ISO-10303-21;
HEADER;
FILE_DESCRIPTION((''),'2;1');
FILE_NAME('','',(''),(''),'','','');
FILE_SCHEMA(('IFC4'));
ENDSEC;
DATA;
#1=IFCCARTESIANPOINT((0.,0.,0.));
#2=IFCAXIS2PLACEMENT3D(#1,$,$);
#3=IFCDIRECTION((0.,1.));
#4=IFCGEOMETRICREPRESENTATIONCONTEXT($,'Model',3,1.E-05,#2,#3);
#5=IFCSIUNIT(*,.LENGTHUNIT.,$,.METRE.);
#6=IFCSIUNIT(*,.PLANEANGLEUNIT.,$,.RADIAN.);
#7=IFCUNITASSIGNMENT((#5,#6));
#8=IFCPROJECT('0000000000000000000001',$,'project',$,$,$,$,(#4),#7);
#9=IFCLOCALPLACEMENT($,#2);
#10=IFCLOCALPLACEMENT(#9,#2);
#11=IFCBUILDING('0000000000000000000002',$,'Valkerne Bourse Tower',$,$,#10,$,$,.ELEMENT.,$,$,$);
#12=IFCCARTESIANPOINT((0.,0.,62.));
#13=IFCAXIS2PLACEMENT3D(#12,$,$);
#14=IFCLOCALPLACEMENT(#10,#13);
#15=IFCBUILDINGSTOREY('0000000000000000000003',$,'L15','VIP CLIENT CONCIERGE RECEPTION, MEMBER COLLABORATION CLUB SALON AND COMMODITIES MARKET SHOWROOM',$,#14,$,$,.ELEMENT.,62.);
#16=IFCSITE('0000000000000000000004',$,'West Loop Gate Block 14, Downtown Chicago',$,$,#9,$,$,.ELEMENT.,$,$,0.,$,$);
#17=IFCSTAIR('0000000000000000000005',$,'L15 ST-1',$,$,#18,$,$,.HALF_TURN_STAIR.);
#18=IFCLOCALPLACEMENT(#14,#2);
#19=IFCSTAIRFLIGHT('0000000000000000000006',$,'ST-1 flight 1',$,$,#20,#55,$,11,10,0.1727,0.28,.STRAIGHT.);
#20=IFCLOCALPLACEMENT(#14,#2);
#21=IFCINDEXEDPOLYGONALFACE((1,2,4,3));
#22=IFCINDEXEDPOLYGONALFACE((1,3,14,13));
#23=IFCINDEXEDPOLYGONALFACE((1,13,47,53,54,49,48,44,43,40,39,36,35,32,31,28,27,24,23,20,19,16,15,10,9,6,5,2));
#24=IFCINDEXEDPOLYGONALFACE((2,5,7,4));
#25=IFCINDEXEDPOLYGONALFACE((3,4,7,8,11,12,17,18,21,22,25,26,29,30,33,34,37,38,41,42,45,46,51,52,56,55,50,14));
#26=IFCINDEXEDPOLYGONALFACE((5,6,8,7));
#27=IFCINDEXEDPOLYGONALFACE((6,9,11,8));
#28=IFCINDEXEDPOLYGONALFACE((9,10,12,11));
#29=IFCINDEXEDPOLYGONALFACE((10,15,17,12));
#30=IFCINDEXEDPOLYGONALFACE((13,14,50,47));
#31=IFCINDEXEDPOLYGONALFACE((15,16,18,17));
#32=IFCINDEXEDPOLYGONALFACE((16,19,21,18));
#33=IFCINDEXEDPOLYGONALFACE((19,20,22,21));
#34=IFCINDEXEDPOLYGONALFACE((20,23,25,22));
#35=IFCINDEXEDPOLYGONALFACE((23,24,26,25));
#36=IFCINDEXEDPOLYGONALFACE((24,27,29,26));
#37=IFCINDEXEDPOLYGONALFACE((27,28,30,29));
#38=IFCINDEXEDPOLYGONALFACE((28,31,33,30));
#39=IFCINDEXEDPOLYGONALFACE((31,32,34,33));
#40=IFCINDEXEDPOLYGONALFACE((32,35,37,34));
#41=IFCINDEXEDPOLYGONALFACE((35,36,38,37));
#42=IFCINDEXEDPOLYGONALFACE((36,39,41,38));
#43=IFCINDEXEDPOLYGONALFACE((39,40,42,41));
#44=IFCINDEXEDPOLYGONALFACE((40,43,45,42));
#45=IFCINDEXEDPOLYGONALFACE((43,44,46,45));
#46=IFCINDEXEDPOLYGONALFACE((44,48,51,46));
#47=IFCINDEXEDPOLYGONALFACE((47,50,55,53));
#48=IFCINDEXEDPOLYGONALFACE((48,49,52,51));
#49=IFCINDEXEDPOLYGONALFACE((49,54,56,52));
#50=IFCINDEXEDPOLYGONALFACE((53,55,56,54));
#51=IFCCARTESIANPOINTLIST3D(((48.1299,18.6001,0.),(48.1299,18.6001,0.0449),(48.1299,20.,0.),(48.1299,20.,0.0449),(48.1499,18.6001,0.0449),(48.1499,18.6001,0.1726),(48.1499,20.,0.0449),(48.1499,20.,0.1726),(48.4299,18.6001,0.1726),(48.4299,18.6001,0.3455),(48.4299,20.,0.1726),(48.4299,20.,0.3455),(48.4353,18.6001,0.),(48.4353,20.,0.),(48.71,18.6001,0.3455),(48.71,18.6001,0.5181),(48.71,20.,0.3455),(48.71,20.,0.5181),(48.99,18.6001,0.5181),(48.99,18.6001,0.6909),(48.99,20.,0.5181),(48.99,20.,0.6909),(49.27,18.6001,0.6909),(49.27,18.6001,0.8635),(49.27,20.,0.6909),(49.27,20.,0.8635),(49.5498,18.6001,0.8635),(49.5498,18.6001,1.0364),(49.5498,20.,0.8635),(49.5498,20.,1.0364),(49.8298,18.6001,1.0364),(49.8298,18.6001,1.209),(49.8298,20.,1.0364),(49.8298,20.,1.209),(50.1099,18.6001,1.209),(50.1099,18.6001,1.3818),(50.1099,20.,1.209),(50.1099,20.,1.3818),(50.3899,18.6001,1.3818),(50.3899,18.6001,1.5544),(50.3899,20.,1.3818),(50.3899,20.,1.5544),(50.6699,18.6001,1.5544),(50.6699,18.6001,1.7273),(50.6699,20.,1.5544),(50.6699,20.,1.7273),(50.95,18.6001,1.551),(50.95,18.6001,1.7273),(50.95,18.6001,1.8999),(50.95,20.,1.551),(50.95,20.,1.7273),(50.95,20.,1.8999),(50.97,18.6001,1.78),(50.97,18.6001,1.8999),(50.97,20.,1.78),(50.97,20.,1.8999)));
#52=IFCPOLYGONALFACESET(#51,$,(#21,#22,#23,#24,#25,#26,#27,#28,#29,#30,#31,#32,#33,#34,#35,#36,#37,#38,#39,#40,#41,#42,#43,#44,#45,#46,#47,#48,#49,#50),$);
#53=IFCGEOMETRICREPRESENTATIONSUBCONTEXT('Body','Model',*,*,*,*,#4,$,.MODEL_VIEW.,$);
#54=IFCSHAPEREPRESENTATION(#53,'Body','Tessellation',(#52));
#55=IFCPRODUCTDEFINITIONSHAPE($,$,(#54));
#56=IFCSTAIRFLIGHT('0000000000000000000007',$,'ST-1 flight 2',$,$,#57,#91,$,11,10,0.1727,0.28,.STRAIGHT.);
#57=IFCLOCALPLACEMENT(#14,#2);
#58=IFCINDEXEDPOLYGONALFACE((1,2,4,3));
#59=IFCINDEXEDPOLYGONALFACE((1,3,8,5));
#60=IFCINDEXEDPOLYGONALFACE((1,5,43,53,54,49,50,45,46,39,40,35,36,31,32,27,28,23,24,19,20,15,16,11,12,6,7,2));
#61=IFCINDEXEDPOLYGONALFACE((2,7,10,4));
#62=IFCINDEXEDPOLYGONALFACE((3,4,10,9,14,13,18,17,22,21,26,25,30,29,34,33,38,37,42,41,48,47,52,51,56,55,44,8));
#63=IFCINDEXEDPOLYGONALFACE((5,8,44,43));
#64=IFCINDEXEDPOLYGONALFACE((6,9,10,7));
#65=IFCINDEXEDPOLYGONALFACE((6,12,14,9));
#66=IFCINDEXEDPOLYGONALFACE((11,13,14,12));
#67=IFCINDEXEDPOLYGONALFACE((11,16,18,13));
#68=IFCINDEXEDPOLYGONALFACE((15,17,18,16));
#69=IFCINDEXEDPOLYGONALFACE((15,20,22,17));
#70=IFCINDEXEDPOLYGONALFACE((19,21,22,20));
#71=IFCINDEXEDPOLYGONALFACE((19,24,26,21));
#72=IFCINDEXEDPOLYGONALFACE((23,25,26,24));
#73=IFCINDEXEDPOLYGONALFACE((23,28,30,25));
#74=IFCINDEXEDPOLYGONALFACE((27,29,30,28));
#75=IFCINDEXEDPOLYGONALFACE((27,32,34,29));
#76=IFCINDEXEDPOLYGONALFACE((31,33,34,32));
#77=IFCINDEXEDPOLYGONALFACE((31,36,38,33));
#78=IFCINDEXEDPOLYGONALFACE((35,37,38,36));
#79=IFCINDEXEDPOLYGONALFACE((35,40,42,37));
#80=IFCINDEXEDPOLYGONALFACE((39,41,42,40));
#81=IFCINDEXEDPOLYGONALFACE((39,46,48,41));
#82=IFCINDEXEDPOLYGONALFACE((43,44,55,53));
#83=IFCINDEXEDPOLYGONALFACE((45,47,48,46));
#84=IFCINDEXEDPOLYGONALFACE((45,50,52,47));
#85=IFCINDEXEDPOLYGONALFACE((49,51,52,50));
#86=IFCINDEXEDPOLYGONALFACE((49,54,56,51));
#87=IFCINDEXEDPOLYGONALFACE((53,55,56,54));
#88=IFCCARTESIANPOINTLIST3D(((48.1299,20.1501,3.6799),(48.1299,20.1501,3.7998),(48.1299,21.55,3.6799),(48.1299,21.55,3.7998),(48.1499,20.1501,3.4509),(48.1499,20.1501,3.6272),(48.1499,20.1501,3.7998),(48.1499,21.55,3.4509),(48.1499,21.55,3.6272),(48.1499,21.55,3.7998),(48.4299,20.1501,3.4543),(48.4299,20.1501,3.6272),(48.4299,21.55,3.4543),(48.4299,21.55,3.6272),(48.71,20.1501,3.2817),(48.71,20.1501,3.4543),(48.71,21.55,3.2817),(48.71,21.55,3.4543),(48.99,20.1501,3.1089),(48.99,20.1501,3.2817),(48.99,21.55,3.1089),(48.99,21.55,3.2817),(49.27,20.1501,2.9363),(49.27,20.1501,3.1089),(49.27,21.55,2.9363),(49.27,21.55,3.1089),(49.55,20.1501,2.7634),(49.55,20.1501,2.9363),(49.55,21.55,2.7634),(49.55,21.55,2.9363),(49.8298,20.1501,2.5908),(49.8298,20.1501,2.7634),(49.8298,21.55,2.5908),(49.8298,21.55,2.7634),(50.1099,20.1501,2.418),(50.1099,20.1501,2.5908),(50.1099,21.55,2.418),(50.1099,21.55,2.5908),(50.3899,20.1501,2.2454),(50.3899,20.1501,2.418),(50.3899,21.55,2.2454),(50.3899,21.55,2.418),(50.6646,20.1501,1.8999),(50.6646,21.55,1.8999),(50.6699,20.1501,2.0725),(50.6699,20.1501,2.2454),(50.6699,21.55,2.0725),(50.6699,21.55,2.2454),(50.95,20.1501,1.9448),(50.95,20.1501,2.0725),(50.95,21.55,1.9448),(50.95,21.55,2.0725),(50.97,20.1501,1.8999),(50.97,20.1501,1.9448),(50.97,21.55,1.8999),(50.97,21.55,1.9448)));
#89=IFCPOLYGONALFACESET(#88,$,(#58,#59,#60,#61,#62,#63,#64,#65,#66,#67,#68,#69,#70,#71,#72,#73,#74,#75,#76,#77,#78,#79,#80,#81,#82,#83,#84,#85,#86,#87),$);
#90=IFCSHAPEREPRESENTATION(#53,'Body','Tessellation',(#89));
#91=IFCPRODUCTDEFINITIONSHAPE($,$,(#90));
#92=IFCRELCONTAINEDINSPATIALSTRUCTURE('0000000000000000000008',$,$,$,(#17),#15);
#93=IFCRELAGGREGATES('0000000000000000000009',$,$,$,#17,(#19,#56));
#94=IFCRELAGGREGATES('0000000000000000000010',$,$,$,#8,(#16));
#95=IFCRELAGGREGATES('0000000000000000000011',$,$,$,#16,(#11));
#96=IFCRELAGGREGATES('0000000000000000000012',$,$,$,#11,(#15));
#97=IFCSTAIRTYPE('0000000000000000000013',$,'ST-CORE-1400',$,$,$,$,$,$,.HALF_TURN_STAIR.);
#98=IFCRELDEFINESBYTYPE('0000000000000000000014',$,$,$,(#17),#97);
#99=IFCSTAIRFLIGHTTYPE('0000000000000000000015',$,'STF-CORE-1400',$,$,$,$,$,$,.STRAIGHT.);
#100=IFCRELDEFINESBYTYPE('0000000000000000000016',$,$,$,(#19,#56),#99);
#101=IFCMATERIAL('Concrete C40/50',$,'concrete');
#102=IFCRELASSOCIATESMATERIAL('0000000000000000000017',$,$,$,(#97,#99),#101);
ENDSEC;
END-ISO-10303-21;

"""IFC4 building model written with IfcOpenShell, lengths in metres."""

from ifc_helpers import new_model, si_unit, direction, frame, origin, place, context, subcontext, project, spatial, polyline, outline, extrude, material, type_object, element, aggregate, save


model = new_model("IFC4")

# Units and contexts
model_context = context("Model", 3, precision=1e-05, world=origin(), true_north=direction((0.0, 1.0)))
body_context = subcontext(model_context, "Body", "Model", "MODEL_VIEW")
ifc_project = project(units=[si_unit("LENGTHUNIT", "METRE"), si_unit("PLANEANGLEUNIT", "RADIAN")], contexts=[model_context])

# Site, building, storey
site_placement = place(None, origin())
site = spatial("IfcSite", under=ifc_project, at=site_placement, Name="West Loop Gate Block 14, Downtown Chicago", CompositionType="ELEMENT", RefElevation=0.0)
building_placement = place(site_placement, origin())
building = spatial("IfcBuilding", under=site, at=building_placement, Name="Valkerne Bourse Tower", CompositionType="ELEMENT")
storey_placement = place(building_placement, frame((0.0, 0.0, 62.0)))
storey = spatial("IfcBuildingStorey", under=building, at=storey_placement, Name="L15", Description="VIP CLIENT CONCIERGE RECEPTION, MEMBER COLLABORATION CLUB SALON AND COMMODITIES MARKET SHOWROOM", CompositionType="ELEMENT", Elevation=62.0)

# Stair, stair flights
ifc_material_1 = material(Name="Concrete C40/50", Category="concrete")
stair_type = type_object("IfcStairType", Name="ST-CORE-1400", PredefinedType="HALF_TURN_STAIR", material=ifc_material_1)
stair_placement = place(storey_placement, origin())
stair = element("IfcStair", 1, at=stair_placement, inside=storey, type_object=stair_type, Name="L15 ST-1", PredefinedType="HALF_TURN_STAIR")
stair_flight_type = type_object("IfcStairFlightType", Name="STF-CORE-1400", PredefinedType="STRAIGHT", material=ifc_material_1)
stair_flight_1_placement = place(storey_placement, frame((48.1499, 19.3, 0.0), z_axis=(0.0, 0.0, 1.0), x_axis=(1.0, 0.0, 0.0)))
stair_flight_1 = element("IfcStairFlight", 2, at=stair_flight_1_placement, type_object=stair_flight_type, Name="ST-1 flight 1", NumberOfRisers=11, NumberOfTreads=10, PredefinedType="STRAIGHT", RiserHeight=0.1727, TreadLength=0.28, context=body_context, shape_type="SweptSolid", body=[
    extrude(outline(polyline([(-0.02, 0.0), (-0.02, 0.0449), (0.0, 0.0449), (0.0, 0.1726), (0.28, 0.1726), (0.28, 0.3455), (0.5601, 0.3455), (0.5601, 0.5181), (0.8401, 0.5181), (0.8401, 0.6909), (1.1201, 0.6909), (1.1201, 0.8635), (1.3999, 0.8635), (1.3999, 1.0364), (1.6799, 1.0364), (1.6799, 1.209), (1.96, 1.209), (1.96, 1.3818), (2.24, 1.3818), (2.24, 1.5544), (2.52, 1.5544), (2.52, 1.7273), (2.8, 1.7273), (2.8, 1.8999), (2.8201, 1.8999), (2.8201, 1.78), (2.8, 1.551), (0.2854, 0.0), (-0.02, 0.0)])), frame((0.0, 0.7, 0.0), z_axis=(0.0, -1.0, 0.0), x_axis=(1.0, 0.0, 0.0)), (0.0, 0.0, 1.0), 1.3999),
])
stair_flight_2_placement = place(storey_placement, frame((50.95, 20.8501, 1.8999), z_axis=(0.0, 0.0, 1.0), x_axis=(-1.0, 0.0, 0.0)))
stair_flight_2 = element("IfcStairFlight", 3, at=stair_flight_2_placement, type_object=stair_flight_type, Name="ST-1 flight 2", NumberOfRisers=11, NumberOfTreads=10, PredefinedType="STRAIGHT", RiserHeight=0.1727, TreadLength=0.28, context=body_context, shape_type="SweptSolid", body=[
    extrude(outline(polyline([(-0.02, 0.0), (-0.02, 0.0449), (0.0, 0.0449), (0.0, 0.1726), (0.28, 0.1726), (0.28, 0.3455), (0.5601, 0.3455), (0.5601, 0.5181), (0.8401, 0.5181), (0.8401, 0.6909), (1.1201, 0.6909), (1.1201, 0.8635), (1.3999, 0.8635), (1.3999, 1.0364), (1.6799, 1.0364), (1.6799, 1.209), (1.96, 1.209), (1.96, 1.3818), (2.24, 1.3818), (2.24, 1.5544), (2.52, 1.5544), (2.52, 1.7273), (2.8, 1.7273), (2.8, 1.8999), (2.8201, 1.8999), (2.8201, 1.78), (2.8, 1.551), (0.2854, 0.0), (-0.02, 0.0)])), frame((0.0, 0.7, 0.0), z_axis=(0.0, -1.0, 0.0), x_axis=(1.0, 0.0, 0.0)), (0.0, 0.0, 1.0), 1.3999),
])
aggregate(stair, [stair_flight_1, stair_flight_2])

save(model, "model.ifc")
